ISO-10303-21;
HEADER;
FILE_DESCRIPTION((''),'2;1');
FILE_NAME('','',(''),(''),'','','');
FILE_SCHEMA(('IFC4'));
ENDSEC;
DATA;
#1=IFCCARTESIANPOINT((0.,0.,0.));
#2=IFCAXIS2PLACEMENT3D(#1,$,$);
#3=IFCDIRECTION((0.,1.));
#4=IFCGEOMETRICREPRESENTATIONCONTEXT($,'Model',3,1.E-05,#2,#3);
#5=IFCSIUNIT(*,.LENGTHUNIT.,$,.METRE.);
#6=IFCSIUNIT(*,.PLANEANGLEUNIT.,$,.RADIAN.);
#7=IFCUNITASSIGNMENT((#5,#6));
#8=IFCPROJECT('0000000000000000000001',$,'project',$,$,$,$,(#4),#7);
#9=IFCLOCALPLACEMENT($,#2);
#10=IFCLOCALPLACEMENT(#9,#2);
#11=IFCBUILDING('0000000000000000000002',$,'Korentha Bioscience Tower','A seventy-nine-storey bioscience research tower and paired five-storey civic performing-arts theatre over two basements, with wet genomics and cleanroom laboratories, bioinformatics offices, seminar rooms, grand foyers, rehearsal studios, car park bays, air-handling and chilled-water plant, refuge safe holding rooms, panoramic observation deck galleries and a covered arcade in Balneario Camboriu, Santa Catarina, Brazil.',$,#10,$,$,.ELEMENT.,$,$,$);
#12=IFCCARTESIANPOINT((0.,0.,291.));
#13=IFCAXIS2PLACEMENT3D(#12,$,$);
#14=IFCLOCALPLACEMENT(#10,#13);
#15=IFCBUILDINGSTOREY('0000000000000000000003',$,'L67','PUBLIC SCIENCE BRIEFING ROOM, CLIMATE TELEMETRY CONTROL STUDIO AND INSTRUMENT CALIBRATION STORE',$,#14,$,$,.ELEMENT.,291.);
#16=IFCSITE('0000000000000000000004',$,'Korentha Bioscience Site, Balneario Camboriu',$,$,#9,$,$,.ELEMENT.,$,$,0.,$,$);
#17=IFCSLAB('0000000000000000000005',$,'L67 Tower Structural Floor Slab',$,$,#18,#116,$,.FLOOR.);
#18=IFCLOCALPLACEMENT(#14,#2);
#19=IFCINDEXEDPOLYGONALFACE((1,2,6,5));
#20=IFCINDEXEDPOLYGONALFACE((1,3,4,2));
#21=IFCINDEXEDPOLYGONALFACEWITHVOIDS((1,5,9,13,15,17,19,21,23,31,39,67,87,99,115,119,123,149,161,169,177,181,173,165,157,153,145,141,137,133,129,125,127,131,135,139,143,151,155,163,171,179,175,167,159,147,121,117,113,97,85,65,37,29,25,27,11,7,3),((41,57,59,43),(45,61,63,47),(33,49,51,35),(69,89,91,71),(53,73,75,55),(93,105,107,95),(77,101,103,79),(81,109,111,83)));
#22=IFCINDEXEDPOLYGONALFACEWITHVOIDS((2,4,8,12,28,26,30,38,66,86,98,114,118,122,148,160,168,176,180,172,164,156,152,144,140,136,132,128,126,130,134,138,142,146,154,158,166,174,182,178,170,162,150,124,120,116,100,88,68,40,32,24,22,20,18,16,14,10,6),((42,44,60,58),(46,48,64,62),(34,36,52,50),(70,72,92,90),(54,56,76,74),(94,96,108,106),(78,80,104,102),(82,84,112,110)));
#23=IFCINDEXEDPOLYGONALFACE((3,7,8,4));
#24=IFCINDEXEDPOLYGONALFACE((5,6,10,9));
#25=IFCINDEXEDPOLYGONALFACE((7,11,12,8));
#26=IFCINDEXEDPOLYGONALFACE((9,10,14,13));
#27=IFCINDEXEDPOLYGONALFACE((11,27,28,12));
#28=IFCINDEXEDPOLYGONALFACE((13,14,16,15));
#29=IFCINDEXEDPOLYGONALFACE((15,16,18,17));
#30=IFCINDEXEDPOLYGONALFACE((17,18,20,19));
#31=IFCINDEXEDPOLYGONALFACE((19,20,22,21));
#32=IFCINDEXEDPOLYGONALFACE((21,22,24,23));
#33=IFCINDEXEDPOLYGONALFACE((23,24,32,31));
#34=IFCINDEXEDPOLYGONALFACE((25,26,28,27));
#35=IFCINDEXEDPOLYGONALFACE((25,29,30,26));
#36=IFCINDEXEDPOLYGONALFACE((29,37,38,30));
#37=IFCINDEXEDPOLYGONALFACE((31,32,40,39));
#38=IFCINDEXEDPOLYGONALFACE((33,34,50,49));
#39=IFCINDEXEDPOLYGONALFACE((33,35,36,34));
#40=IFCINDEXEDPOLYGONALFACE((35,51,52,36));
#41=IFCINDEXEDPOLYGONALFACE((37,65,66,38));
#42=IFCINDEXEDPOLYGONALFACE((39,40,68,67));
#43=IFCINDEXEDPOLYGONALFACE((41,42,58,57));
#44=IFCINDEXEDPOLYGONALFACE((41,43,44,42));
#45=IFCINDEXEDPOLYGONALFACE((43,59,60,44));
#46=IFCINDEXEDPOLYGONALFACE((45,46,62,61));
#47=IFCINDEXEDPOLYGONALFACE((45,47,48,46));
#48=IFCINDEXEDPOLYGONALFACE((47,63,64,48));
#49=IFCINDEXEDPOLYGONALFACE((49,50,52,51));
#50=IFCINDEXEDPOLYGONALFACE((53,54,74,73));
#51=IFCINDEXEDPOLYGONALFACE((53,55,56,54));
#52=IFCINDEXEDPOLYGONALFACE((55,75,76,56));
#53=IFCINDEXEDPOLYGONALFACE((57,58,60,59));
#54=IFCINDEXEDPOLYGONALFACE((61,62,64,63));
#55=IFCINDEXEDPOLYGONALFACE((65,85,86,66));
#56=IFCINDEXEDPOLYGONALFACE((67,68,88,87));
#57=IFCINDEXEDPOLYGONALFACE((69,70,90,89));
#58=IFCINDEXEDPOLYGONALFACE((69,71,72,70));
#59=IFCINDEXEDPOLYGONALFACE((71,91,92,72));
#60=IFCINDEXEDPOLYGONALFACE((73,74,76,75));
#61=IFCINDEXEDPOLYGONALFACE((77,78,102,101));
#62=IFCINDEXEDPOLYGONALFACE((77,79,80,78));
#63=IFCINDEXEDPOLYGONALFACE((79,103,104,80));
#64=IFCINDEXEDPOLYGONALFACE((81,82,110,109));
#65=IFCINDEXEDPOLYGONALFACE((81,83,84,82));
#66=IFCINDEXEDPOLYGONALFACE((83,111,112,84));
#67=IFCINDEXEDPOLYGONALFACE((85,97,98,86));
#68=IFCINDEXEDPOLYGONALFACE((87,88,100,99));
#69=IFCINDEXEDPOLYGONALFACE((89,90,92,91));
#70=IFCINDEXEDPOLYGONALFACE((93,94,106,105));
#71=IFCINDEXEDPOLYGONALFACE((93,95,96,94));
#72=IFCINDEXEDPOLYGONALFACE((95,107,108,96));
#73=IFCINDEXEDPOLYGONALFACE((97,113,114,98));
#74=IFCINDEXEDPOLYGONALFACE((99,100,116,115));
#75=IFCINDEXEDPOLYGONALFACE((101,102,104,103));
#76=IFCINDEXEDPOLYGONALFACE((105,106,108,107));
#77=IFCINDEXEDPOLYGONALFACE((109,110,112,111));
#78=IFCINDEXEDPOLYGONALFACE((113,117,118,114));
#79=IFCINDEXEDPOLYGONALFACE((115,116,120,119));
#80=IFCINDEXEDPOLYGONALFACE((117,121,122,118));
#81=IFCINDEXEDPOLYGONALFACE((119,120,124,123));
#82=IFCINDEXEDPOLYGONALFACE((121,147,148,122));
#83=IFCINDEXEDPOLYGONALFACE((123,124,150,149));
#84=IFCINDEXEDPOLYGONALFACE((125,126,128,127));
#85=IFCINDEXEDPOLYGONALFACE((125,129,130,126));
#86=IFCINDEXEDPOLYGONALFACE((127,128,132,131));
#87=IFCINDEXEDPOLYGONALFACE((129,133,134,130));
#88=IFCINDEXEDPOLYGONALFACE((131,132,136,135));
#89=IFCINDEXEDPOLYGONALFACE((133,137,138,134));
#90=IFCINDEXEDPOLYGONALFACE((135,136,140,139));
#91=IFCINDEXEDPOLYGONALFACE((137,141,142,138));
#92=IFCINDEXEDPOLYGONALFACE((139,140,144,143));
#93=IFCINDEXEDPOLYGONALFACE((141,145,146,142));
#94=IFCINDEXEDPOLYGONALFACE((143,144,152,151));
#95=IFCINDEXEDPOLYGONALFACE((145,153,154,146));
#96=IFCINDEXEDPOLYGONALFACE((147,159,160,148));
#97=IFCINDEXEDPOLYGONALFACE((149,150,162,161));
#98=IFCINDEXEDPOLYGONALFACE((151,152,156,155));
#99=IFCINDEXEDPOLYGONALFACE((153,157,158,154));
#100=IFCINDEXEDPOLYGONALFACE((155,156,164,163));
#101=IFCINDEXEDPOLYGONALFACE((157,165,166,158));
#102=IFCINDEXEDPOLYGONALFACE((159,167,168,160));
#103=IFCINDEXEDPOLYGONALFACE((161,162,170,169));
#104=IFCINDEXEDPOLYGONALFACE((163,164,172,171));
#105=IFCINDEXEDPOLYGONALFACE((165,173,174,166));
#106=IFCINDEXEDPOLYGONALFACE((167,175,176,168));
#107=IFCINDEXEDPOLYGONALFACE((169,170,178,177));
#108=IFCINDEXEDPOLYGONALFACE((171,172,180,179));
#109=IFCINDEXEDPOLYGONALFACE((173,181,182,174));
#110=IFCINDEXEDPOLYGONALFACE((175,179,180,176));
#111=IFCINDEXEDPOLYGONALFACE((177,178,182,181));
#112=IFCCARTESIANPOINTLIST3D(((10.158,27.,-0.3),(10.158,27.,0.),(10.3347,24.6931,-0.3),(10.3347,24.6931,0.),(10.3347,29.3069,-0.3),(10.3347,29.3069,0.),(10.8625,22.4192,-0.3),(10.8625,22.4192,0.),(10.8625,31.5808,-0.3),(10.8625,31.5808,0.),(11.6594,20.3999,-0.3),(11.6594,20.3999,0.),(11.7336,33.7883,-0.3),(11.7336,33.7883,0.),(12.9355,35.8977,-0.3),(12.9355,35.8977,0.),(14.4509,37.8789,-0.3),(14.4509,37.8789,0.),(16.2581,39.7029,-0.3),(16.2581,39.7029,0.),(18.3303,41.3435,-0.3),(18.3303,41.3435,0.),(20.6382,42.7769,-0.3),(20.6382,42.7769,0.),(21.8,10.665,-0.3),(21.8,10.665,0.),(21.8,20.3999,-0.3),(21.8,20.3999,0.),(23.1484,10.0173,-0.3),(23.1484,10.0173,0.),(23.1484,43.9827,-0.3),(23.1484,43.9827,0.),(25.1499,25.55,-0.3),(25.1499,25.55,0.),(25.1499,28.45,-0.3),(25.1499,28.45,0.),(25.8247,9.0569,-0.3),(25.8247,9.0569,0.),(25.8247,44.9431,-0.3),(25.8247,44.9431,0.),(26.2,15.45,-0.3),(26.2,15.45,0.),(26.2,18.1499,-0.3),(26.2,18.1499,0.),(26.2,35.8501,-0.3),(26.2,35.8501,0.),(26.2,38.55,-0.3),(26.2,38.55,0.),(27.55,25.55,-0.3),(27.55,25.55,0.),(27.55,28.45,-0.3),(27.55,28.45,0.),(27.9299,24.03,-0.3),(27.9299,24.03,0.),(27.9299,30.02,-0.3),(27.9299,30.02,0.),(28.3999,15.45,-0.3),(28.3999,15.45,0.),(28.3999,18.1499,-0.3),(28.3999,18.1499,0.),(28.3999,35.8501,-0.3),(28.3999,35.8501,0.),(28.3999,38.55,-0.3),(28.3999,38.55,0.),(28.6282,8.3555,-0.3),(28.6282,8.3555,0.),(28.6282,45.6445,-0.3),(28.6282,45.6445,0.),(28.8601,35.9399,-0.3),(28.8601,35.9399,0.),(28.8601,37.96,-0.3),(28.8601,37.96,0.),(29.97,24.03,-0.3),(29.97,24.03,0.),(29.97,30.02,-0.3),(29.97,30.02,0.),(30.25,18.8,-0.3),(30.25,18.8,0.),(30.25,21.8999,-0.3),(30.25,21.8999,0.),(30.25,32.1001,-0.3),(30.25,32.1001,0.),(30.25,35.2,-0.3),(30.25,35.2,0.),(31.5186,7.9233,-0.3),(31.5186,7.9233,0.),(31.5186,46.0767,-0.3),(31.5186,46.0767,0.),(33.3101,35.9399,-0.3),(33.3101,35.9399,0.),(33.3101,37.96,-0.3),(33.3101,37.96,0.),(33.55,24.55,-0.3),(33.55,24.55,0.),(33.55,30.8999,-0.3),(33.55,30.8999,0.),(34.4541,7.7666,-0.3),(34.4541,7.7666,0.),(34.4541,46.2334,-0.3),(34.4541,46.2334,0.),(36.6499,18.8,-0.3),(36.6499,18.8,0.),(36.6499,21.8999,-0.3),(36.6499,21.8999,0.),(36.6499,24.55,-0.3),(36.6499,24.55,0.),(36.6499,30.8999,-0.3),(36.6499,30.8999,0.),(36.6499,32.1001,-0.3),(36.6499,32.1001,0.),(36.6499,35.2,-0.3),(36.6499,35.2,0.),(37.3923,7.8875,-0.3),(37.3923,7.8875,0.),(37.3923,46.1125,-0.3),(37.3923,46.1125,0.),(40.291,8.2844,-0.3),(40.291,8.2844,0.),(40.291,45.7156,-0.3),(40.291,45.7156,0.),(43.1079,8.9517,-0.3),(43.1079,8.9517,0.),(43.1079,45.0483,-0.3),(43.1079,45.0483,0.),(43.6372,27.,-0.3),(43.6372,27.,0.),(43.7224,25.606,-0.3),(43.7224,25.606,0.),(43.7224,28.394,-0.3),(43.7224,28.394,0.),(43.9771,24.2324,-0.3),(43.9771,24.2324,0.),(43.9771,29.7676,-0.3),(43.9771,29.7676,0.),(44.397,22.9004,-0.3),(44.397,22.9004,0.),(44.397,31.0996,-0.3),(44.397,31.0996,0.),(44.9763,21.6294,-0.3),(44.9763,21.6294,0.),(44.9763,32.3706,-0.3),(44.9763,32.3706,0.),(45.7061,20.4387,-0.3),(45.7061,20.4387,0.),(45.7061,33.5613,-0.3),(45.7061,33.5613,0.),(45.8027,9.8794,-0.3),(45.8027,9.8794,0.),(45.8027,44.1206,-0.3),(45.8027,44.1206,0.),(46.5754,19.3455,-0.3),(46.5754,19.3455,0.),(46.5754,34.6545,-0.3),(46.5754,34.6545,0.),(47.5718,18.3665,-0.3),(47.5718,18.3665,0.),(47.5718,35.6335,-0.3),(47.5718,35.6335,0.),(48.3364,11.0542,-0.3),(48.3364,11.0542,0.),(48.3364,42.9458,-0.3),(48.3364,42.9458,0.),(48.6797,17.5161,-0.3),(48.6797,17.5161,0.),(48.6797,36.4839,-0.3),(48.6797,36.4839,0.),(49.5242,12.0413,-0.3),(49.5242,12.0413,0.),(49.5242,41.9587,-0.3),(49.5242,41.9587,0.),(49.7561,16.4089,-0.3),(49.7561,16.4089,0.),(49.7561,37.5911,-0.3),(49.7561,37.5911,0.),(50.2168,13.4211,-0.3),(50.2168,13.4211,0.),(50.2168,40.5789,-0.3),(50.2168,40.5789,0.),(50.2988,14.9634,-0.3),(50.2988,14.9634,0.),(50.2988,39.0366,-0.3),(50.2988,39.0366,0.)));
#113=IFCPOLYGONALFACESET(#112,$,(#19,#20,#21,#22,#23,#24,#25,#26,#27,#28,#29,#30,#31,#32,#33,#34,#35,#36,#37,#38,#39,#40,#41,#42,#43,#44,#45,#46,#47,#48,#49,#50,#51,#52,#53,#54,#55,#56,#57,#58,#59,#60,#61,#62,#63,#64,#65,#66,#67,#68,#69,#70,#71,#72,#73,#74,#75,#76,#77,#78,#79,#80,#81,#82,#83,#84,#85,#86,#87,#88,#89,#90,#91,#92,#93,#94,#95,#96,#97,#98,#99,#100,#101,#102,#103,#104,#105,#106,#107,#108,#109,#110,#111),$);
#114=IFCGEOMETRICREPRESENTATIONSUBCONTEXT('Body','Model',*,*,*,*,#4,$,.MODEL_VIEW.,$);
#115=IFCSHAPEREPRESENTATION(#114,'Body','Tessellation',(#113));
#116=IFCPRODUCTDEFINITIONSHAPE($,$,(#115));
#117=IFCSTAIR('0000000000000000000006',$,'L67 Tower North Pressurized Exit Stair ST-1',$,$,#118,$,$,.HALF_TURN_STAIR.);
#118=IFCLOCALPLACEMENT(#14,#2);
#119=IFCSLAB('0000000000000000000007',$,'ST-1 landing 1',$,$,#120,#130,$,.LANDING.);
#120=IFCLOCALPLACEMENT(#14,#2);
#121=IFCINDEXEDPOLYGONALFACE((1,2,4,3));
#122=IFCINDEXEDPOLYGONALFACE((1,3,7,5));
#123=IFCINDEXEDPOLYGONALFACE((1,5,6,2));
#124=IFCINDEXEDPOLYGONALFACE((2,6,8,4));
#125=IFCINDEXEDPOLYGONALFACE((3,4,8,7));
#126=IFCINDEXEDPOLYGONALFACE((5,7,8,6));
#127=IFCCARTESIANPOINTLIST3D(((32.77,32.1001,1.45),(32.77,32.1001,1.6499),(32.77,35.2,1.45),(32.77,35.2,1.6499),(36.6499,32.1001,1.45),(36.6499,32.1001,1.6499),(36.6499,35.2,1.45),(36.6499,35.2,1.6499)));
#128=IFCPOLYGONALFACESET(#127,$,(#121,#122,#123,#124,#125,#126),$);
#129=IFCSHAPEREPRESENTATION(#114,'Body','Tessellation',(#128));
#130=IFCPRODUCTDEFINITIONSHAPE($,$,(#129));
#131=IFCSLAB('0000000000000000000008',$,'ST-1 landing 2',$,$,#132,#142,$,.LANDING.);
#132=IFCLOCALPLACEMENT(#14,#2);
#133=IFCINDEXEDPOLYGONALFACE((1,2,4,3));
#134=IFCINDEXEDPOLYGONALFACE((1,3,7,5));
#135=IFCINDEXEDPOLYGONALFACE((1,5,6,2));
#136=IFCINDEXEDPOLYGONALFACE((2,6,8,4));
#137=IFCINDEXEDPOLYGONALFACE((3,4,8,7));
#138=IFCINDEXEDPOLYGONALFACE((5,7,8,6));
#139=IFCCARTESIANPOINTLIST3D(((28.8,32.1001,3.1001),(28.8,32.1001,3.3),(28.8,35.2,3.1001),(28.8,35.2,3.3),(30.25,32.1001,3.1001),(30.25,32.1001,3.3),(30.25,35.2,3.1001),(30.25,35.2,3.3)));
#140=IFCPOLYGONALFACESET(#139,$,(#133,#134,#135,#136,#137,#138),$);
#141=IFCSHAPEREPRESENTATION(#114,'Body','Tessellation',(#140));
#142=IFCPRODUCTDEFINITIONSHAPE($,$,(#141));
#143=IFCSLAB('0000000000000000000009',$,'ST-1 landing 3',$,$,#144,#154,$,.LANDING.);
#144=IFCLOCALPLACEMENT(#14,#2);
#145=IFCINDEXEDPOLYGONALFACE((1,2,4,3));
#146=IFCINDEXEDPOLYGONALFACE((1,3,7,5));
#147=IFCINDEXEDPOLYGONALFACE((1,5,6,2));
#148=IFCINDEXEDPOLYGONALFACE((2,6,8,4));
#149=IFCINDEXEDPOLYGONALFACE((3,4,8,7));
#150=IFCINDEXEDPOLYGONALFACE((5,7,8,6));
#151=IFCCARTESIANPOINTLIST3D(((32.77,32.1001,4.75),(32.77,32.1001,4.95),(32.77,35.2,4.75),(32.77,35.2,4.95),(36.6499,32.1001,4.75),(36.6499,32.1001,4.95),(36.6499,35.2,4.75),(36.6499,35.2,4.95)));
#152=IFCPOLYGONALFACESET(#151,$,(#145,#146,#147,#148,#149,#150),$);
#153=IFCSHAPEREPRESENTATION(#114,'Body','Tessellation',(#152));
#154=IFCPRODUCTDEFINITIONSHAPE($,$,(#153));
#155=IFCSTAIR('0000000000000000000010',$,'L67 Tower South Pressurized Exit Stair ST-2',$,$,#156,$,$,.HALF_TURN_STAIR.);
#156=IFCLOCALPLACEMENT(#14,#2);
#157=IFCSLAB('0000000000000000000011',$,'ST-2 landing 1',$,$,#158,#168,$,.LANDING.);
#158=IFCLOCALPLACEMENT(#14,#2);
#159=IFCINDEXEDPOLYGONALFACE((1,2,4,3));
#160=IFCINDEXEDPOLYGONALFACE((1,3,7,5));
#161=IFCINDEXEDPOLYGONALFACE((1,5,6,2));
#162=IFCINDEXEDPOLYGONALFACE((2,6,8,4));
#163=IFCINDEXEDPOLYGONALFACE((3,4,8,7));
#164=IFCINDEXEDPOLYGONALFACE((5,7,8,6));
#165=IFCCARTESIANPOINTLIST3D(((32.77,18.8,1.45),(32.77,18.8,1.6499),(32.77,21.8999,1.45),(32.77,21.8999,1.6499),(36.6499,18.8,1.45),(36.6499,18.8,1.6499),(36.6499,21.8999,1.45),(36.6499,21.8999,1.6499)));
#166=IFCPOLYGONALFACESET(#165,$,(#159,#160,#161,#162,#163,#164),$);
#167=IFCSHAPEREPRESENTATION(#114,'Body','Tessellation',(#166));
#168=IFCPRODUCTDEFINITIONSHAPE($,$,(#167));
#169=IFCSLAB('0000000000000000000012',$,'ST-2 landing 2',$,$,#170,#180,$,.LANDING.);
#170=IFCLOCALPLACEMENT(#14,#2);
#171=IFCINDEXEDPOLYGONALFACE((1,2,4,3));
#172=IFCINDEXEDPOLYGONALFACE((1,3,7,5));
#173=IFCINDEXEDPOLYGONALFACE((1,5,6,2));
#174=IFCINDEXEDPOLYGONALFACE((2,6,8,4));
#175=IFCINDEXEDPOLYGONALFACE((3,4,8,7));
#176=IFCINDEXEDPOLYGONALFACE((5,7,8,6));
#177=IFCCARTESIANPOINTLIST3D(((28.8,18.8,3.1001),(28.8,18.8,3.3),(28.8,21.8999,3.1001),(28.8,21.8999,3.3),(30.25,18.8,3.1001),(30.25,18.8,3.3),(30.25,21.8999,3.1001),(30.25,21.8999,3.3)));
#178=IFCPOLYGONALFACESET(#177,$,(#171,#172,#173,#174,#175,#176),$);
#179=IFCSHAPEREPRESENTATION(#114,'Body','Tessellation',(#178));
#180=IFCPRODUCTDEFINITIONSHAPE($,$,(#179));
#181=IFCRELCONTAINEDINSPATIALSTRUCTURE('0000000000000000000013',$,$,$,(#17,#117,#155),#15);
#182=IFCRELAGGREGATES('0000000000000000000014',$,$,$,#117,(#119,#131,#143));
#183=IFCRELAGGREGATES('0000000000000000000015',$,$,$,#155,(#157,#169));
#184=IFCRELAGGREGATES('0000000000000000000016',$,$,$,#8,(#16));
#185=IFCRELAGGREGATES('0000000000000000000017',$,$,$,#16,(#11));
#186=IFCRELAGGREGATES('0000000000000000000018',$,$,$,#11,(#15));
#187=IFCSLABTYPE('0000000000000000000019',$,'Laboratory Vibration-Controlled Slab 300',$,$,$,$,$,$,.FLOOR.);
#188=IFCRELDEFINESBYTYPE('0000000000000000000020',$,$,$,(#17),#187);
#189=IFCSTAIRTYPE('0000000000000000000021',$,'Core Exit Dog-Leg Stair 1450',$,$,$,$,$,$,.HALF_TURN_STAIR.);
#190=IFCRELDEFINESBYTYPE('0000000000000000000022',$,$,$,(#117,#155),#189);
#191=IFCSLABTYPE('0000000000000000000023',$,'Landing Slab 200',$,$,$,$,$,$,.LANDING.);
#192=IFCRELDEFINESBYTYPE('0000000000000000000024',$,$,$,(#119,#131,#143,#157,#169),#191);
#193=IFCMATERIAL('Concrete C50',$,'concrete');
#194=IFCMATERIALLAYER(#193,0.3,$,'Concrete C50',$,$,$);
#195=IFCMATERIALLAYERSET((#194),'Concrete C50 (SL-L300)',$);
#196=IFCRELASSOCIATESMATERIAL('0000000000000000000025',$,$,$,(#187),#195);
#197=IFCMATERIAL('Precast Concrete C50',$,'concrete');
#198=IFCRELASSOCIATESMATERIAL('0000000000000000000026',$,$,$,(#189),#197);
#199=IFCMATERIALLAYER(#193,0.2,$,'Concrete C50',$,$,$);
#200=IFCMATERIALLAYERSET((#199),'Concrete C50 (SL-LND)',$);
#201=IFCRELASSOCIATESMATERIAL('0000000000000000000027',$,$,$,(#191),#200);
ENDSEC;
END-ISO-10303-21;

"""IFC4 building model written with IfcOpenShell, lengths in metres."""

from ifc_helpers import new_model, si_unit, direction, frame, origin, place, context, subcontext, project, spatial, polyline, outline, extrude, material, layer, layer_set, type_object, element, aggregate, save


model = new_model("IFC4")

# Units and contexts
model_context = context("Model", 3, precision=1e-05, world=origin(), true_north=direction((0.0, 1.0)))
body_context = subcontext(model_context, "Body", "Model", "MODEL_VIEW")
ifc_project = project(units=[si_unit("LENGTHUNIT", "METRE"), si_unit("PLANEANGLEUNIT", "RADIAN")], contexts=[model_context])

# Site, building, storey
site_placement = place(None, origin())
site = spatial("IfcSite", under=ifc_project, at=site_placement, Name="Korentha Bioscience Site, Balneario Camboriu", CompositionType="ELEMENT", RefElevation=0.0)
building_placement = place(site_placement, origin())
building = spatial("IfcBuilding", under=site, at=building_placement, Name="Korentha Bioscience Tower", Description="A seventy-nine-storey bioscience research tower and paired five-storey civic performing-arts theatre over two basements, with wet genomics and cleanroom laboratories, bioinformatics offices, seminar rooms, grand foyers, rehearsal studios, car park bays, air-handling and chilled-water plant, refuge safe holding rooms, panoramic observation deck galleries and a covered arcade in Balneario Camboriu, Santa Catarina, Brazil.", CompositionType="ELEMENT")
storey_placement = place(building_placement, frame((0.0, 0.0, 291.0)))
storey = spatial("IfcBuildingStorey", under=building, at=storey_placement, Name="L67", Description="PUBLIC SCIENCE BRIEFING ROOM, CLIMATE TELEMETRY CONTROL STUDIO AND INSTRUMENT CALIBRATION STORE", CompositionType="ELEMENT", Elevation=291.0)

# Slab
ifc_material_1 = material(Name="Concrete C50", Category="concrete")
ifc_layer_1 = layer(ifc_material_1, 0.3, Name="Concrete C50")
ifc_layer_set_1 = layer_set([ifc_layer_1], Name="Concrete C50 (SL-L300)")
slab_type_1 = type_object("IfcSlabType", Name="Laboratory Vibration-Controlled Slab 300", PredefinedType="FLOOR", material=ifc_layer_set_1)
slab_1_placement = place(storey_placement, frame((0.0, 0.0, -0.3)))
element("IfcSlab", 1, at=slab_1_placement, inside=storey, type_object=slab_type_1, Name="L67 Tower Structural Floor Slab", PredefinedType="FLOOR", context=body_context, shape_type="SweptSolid", body=[
    extrude(outline(polyline([(11.6594, 20.3999), (21.8, 20.3999), (21.8, 10.665), (23.1484, 10.0173), (25.8247, 9.0569), (28.6282, 8.3555), (31.5186, 7.9233), (34.4541, 7.7666), (37.3923, 7.8875), (40.291, 8.2844), (43.1079, 8.9517), (45.8027, 9.8794), (48.3364, 11.0542), (49.5242, 12.0413), (50.2168, 13.4211), (50.2988, 14.9634), (49.7561, 16.4089), (48.6797, 17.5161), (47.5718, 18.3665), (46.5754, 19.3455), (45.7061, 20.4387), (44.9763, 21.6294), (44.397, 22.9004), (43.9771, 24.2324), (43.7224, 25.606), (43.6372, 27.0), (43.7224, 28.394), (43.9771, 29.7676), (44.397, 31.0996), (44.9763, 32.3706), (45.7061, 33.5613), (46.5754, 34.6545), (47.5718, 35.6335), (48.6797, 36.4839), (49.7561, 37.5911), (50.2988, 39.0366), (50.2168, 40.5789), (49.5242, 41.9587), (48.3364, 42.9458), (45.8027, 44.1206), (43.1079, 45.0483), (40.291, 45.7156), (37.3923, 46.1125), (34.4541, 46.2334), (31.5186, 46.0767), (28.6282, 45.6445), (25.8247, 44.9431), (23.1484, 43.9827), (20.6382, 42.7769), (18.3303, 41.3435), (16.2581, 39.7029), (14.4509, 37.8789), (12.9355, 35.8977), (11.7336, 33.7883), (10.8625, 31.5808), (10.3347, 29.3069), (10.158, 27.0), (10.3347, 24.6931), (10.8625, 22.4192), (11.6594, 20.3999)]), holes=[polyline([(30.25, 32.1001), (36.6499, 32.1001), (36.6499, 35.2), (30.25, 35.2), (30.25, 32.1001)]), polyline([(30.25, 18.8), (36.6499, 18.8), (36.6499, 21.8999), (30.25, 21.8999), (30.25, 18.8)]), polyline([(36.6499, 24.55), (36.6499, 30.8999), (33.55, 30.8999), (33.55, 24.55), (36.6499, 24.55)]), polyline([(27.9299, 24.03), (29.97, 24.03), (29.97, 30.02), (27.9299, 30.02), (27.9299, 24.03)]), polyline([(28.8601, 35.9399), (33.3101, 35.9399), (33.3101, 37.96), (28.8601, 37.96), (28.8601, 35.9399)]), polyline([(26.2, 15.45), (28.3999, 15.45), (28.3999, 18.1499), (26.2, 18.1499), (26.2, 15.45)]), polyline([(26.2, 35.8501), (28.3999, 35.8501), (28.3999, 38.55), (26.2, 38.55), (26.2, 35.8501)]), polyline([(25.1499, 25.55), (27.55, 25.55), (27.55, 28.45), (25.1499, 28.45), (25.1499, 25.55)])]), origin(), (0.0, 0.0, 1.0), 0.3),
])

# Stairs, slabs
ifc_material_2 = material(Name="Precast Concrete C50", Category="concrete")
stair_type = type_object("IfcStairType", Name="Core Exit Dog-Leg Stair 1450", PredefinedType="HALF_TURN_STAIR", material=ifc_material_2)
stair_1_placement = place(storey_placement, origin())
stair_1 = element("IfcStair", 2, at=stair_1_placement, inside=storey, type_object=stair_type, Name="L67 Tower North Pressurized Exit Stair ST-1", PredefinedType="HALF_TURN_STAIR")
ifc_layer_2 = layer(ifc_material_1, 0.2, Name="Concrete C50")
ifc_layer_set_2 = layer_set([ifc_layer_2], Name="Concrete C50 (SL-LND)")
slab_type_2 = type_object("IfcSlabType", Name="Landing Slab 200", PredefinedType="LANDING", material=ifc_layer_set_2)
slab_2_placement = place(storey_placement, frame((0.0, 0.0, 1.45)))
slab_2 = element("IfcSlab", 3, at=slab_2_placement, type_object=slab_type_2, Name="ST-1 landing 1", PredefinedType="LANDING", context=body_context, shape_type="SweptSolid", body=[
    extrude(outline(polyline([(32.77, 32.1001), (36.6499, 32.1001), (36.6499, 35.2), (32.77, 35.2), (32.77, 32.1001)])), origin(), (0.0, 0.0, 1.0), 0.2),
])
slab_3_placement = place(storey_placement, frame((0.0, 0.0, 3.1001)))
slab_3 = element("IfcSlab", 4, at=slab_3_placement, type_object=slab_type_2, Name="ST-1 landing 2", PredefinedType="LANDING", context=body_context, shape_type="SweptSolid", body=[
    extrude(outline(polyline([(28.8, 32.1001), (30.25, 32.1001), (30.25, 35.2), (28.8, 35.2), (28.8, 32.1001)])), origin(), (0.0, 0.0, 1.0), 0.2),
])
slab_4_placement = place(storey_placement, frame((0.0, 0.0, 4.75)))
slab_4 = element("IfcSlab", 5, at=slab_4_placement, type_object=slab_type_2, Name="ST-1 landing 3", PredefinedType="LANDING", context=body_context, shape_type="SweptSolid", body=[
    extrude(outline(polyline([(32.77, 32.1001), (36.6499, 32.1001), (36.6499, 35.2), (32.77, 35.2), (32.77, 32.1001)])), origin(), (0.0, 0.0, 1.0), 0.2),
])
aggregate(stair_1, [slab_2, slab_3, slab_4])
stair_2_placement = place(storey_placement, origin())
stair_2 = element("IfcStair", 6, at=stair_2_placement, inside=storey, type_object=stair_type, Name="L67 Tower South Pressurized Exit Stair ST-2", PredefinedType="HALF_TURN_STAIR")
slab_5_placement = place(storey_placement, frame((0.0, 0.0, 1.45)))
slab_5 = element("IfcSlab", 7, at=slab_5_placement, type_object=slab_type_2, Name="ST-2 landing 1", PredefinedType="LANDING", context=body_context, shape_type="SweptSolid", body=[
    extrude(outline(polyline([(32.77, 18.8), (36.6499, 18.8), (36.6499, 21.8999), (32.77, 21.8999), (32.77, 18.8)])), origin(), (0.0, 0.0, 1.0), 0.2),
])
slab_6_placement = place(storey_placement, frame((0.0, 0.0, 3.1001)))
slab_6 = element("IfcSlab", 8, at=slab_6_placement, type_object=slab_type_2, Name="ST-2 landing 2", PredefinedType="LANDING", context=body_context, shape_type="SweptSolid", body=[
    extrude(outline(polyline([(28.8, 18.8), (30.25, 18.8), (30.25, 21.8999), (28.8, 21.8999), (28.8, 18.8)])), origin(), (0.0, 0.0, 1.0), 0.2),
])
aggregate(stair_2, [slab_5, slab_6])

save(model, "model.ifc")
